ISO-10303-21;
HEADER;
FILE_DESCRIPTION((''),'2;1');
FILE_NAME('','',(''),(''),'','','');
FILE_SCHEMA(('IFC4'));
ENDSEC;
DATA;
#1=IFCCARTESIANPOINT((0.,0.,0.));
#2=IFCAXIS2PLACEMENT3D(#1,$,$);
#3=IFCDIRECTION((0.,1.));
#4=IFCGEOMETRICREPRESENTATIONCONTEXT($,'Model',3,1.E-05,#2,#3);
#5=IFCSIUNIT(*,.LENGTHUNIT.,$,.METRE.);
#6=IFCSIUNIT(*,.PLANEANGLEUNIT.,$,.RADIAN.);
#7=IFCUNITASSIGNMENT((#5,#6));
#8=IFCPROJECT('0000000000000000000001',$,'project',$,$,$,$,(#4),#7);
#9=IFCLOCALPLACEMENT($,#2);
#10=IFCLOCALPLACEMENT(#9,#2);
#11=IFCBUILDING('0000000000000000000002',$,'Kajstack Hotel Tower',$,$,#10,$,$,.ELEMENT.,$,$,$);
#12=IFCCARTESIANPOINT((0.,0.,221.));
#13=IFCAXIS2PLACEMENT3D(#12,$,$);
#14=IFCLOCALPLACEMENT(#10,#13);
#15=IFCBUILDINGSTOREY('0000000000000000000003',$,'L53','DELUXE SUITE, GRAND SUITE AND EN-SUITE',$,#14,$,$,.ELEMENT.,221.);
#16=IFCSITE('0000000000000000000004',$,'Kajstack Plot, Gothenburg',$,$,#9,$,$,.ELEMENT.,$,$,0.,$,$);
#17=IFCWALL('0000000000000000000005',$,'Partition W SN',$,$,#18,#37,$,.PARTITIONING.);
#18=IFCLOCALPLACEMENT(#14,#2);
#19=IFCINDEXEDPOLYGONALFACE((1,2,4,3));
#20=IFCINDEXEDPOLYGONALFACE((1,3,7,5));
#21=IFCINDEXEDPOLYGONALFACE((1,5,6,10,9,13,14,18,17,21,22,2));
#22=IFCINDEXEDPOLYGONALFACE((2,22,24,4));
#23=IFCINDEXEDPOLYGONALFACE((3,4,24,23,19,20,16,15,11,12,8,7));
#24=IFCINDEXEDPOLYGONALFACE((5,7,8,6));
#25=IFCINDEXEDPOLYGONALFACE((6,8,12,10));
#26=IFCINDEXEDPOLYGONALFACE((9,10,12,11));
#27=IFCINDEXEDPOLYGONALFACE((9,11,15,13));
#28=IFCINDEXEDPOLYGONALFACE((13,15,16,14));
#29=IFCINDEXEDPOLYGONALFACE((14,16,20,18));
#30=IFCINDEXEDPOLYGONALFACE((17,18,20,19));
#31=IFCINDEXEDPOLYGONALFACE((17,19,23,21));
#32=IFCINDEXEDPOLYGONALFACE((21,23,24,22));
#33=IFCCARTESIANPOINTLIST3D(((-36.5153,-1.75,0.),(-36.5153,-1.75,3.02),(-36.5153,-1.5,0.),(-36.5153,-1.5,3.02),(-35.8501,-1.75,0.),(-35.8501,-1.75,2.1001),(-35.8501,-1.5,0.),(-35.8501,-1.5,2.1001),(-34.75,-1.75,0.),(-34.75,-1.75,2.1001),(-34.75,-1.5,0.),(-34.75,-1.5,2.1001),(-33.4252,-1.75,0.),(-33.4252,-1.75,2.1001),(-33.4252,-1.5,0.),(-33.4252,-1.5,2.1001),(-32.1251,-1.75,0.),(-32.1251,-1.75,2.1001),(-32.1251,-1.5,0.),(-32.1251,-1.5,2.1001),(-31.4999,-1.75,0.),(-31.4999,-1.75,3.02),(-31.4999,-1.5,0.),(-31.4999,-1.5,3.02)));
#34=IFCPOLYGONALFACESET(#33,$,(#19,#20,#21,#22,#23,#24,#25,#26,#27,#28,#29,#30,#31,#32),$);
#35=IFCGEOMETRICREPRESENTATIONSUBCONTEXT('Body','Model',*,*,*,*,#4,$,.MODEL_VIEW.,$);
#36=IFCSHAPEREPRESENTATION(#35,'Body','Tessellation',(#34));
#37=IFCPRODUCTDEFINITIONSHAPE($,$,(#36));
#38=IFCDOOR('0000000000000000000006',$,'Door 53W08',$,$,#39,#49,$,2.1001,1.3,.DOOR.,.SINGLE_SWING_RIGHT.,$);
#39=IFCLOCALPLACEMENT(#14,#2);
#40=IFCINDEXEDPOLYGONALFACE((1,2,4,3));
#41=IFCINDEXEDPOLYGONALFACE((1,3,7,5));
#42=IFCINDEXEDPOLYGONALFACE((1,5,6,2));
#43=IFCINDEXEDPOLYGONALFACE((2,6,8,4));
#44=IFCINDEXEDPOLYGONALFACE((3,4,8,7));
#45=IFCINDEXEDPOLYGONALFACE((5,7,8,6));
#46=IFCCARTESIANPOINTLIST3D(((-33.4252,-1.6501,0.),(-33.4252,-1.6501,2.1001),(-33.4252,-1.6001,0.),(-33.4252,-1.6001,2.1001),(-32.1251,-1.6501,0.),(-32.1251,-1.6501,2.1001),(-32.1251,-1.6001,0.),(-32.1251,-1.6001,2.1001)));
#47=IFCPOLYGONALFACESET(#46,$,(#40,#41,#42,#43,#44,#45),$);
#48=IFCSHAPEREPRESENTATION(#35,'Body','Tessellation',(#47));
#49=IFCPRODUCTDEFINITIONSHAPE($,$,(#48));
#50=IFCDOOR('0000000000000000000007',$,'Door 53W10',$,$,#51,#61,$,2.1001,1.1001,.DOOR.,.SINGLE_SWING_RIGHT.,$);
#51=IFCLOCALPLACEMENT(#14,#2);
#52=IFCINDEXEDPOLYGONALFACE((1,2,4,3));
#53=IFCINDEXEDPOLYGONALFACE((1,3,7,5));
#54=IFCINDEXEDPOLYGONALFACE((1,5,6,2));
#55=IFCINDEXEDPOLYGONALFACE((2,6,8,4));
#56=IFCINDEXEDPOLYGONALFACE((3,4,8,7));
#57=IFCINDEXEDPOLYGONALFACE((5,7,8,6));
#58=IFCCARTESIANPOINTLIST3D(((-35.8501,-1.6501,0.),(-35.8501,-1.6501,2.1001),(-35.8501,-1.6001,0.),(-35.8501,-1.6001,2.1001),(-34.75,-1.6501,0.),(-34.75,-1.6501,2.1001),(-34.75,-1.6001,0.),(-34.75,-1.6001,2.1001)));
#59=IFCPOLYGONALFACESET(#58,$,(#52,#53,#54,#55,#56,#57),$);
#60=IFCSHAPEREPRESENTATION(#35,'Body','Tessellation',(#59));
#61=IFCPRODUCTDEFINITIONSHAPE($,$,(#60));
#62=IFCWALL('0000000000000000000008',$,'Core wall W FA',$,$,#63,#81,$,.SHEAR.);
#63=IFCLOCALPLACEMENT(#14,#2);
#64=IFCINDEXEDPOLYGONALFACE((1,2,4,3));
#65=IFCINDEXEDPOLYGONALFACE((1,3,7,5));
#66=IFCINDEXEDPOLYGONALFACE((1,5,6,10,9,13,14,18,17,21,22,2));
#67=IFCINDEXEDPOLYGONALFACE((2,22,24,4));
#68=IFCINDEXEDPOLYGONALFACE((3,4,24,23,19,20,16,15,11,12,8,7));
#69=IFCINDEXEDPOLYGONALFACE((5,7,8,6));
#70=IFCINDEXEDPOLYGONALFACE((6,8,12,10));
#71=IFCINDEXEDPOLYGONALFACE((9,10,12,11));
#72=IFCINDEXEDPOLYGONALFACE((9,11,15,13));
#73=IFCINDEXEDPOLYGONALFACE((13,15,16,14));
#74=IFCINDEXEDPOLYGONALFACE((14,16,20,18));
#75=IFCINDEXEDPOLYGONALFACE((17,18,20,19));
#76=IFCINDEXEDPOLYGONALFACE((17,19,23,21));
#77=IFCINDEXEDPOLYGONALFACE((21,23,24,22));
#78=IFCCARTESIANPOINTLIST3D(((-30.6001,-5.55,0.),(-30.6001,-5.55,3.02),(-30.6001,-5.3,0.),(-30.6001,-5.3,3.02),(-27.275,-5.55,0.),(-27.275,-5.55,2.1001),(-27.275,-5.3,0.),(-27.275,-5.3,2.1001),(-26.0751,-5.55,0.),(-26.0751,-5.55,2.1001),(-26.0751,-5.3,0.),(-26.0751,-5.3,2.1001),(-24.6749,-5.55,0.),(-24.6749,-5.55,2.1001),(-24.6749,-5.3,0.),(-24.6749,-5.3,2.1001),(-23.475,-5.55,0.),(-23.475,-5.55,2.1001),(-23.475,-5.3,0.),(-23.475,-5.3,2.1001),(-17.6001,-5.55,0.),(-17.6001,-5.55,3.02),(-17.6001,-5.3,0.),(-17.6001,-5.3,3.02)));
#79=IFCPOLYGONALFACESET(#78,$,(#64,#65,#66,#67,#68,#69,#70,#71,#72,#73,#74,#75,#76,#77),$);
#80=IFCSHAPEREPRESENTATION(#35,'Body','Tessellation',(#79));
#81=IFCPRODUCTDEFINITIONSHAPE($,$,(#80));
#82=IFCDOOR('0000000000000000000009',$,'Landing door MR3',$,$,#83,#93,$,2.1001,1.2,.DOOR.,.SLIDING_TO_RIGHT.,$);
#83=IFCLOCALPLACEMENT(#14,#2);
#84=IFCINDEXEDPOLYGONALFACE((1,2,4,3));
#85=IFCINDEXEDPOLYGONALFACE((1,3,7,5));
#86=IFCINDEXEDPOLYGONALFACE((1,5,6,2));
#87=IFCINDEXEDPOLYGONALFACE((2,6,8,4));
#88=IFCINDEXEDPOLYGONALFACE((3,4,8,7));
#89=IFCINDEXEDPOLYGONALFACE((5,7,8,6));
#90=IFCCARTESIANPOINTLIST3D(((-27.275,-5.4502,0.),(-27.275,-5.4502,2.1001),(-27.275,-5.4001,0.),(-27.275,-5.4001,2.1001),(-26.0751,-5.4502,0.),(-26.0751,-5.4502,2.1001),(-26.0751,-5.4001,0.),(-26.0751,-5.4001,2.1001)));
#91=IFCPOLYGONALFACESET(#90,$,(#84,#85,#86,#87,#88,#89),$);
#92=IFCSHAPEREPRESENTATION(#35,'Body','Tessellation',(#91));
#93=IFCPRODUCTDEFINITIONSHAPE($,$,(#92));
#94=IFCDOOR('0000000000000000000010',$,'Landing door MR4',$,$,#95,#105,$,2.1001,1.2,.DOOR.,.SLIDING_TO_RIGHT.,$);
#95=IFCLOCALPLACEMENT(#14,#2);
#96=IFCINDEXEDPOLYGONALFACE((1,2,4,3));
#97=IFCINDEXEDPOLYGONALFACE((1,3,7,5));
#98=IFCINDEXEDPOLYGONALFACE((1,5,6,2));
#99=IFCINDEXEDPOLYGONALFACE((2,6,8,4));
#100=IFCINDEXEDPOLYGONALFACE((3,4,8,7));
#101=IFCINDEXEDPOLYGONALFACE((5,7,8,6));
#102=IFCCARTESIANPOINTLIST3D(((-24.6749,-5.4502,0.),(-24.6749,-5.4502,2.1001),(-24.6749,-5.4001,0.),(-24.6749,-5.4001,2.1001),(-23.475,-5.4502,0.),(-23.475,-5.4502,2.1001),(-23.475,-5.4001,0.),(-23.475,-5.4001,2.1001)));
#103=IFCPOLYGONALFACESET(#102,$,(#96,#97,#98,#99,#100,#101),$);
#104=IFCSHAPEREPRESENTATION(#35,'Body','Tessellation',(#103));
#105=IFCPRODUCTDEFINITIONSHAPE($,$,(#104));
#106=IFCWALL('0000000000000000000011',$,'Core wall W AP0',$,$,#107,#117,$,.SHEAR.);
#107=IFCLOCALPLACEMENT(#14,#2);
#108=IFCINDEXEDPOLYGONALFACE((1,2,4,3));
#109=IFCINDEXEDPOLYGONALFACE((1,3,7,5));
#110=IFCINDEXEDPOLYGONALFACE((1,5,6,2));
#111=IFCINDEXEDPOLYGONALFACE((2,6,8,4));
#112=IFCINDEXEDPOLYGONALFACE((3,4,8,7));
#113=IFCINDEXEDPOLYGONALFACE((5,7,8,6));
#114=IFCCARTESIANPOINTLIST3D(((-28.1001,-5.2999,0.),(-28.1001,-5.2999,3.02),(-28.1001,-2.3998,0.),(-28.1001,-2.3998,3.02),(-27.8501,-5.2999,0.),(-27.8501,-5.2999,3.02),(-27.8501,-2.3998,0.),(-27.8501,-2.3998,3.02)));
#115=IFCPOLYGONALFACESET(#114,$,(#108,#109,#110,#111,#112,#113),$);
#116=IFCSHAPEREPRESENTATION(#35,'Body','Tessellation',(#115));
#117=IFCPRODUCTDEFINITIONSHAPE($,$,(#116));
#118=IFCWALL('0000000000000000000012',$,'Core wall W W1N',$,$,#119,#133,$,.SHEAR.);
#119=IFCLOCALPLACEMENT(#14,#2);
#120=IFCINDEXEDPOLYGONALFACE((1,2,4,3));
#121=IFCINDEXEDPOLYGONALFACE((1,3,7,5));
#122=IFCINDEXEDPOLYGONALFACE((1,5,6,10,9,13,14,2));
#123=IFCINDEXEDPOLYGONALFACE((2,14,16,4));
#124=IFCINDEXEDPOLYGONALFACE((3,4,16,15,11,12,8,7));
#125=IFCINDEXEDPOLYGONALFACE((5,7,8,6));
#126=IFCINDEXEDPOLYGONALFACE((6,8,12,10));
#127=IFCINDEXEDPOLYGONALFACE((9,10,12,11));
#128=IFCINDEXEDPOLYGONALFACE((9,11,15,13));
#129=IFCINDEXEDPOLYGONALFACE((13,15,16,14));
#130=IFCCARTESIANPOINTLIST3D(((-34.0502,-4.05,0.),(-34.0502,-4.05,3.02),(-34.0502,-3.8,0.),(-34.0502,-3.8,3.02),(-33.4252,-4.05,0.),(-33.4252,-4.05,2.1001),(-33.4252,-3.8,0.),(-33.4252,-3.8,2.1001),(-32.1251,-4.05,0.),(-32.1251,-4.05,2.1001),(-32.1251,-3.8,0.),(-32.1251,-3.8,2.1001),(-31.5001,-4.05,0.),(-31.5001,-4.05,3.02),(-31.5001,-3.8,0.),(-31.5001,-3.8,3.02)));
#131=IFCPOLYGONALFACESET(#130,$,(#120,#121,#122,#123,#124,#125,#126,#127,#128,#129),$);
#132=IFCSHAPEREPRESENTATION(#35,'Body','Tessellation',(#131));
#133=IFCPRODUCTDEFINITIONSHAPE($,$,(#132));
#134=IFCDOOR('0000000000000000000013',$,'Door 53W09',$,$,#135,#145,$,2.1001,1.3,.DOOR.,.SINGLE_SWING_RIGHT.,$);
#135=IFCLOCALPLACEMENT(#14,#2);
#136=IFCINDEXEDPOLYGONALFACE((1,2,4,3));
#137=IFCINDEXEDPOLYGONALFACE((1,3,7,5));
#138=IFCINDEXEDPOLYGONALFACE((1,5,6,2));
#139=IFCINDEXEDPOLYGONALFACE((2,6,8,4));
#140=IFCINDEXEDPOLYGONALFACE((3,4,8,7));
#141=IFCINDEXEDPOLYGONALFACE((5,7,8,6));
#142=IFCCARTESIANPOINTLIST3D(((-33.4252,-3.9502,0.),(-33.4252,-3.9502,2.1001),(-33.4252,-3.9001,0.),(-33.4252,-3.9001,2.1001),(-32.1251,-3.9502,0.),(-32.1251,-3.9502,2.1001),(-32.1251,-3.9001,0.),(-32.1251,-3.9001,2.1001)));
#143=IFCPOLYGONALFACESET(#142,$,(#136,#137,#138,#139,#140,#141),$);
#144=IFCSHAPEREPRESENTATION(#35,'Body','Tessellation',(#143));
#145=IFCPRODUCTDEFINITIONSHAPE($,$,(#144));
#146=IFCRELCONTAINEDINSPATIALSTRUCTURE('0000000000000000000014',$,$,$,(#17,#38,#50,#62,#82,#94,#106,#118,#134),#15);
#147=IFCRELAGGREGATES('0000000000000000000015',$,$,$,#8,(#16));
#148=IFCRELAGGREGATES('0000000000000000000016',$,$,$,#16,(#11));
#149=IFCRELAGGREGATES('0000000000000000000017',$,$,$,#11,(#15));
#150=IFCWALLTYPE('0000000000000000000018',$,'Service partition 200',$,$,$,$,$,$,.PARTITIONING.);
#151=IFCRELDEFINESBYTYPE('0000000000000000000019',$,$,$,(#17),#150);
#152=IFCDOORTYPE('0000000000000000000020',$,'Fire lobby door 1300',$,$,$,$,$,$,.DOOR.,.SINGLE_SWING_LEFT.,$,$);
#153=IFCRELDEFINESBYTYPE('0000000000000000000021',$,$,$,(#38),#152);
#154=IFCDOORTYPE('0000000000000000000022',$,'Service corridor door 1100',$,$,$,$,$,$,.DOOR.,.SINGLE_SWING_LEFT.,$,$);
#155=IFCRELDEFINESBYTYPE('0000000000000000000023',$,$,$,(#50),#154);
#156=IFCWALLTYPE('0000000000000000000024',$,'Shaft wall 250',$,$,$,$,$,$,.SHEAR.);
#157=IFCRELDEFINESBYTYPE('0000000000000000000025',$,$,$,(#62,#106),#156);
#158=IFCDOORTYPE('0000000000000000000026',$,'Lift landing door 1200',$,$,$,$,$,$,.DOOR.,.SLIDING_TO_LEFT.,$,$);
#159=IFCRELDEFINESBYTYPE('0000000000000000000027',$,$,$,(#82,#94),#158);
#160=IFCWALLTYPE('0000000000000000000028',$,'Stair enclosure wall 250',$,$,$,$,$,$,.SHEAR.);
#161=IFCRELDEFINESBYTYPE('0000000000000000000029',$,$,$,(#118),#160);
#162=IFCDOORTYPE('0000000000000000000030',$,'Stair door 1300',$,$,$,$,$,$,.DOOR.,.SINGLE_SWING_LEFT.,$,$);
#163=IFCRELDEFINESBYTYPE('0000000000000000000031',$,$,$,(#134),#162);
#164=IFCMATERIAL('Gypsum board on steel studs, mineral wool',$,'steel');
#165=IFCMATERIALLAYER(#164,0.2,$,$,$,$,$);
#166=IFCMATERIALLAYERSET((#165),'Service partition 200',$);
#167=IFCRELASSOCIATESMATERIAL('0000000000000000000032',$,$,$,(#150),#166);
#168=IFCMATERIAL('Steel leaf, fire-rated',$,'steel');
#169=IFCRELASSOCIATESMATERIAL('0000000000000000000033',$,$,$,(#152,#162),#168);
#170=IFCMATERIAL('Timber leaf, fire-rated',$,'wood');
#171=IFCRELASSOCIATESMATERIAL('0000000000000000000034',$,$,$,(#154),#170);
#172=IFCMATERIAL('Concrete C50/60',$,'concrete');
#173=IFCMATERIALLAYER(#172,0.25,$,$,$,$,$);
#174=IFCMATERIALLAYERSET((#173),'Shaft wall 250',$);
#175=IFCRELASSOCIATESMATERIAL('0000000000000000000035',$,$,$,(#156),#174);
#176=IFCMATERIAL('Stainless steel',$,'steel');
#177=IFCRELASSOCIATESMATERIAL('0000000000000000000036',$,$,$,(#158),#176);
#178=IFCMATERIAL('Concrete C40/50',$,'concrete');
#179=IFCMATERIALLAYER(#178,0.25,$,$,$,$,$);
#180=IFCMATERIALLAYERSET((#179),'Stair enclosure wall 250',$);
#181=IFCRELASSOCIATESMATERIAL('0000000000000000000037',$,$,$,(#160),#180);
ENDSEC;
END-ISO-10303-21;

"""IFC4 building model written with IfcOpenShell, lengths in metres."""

from ifc_helpers import new_model, si_unit, direction, frame, frame_2d, origin, place, context, subcontext, project, spatial, rectangle, extrude, material, layer, layer_set, type_object, element, fill, save


model = new_model("IFC4")

# Units and contexts
model_context = context("Model", 3, precision=1e-05, world=origin(), true_north=direction((0.0, 1.0)))
body_context = subcontext(model_context, "Body", "Model", "MODEL_VIEW")
ifc_project = project(units=[si_unit("LENGTHUNIT", "METRE"), si_unit("PLANEANGLEUNIT", "RADIAN")], contexts=[model_context])

# Site, building, storey
site_placement = place(None, origin())
site = spatial("IfcSite", under=ifc_project, at=site_placement, Name="Kajstack Plot, Gothenburg", CompositionType="ELEMENT", RefElevation=0.0)
building_placement = place(site_placement, origin())
building = spatial("IfcBuilding", under=site, at=building_placement, Name="Kajstack Hotel Tower", CompositionType="ELEMENT")
storey_placement = place(building_placement, frame((0.0, 0.0, 221.0)))
storey = spatial("IfcBuildingStorey", under=building, at=storey_placement, Name="L53", Description="DELUXE SUITE, GRAND SUITE AND EN-SUITE", CompositionType="ELEMENT", Elevation=221.0)

# Shared definitions
ifc_material_1 = material(Name="Gypsum board on steel studs, mineral wool", Category="steel")

# Walls, openings, doors
ifc_layer_1 = layer(ifc_material_1, 0.2)
ifc_layer_set_1 = layer_set([ifc_layer_1], Name="Service partition 200")
wall_type_1 = type_object("IfcWallType", Name="Service partition 200", PredefinedType="PARTITIONING", material=ifc_layer_set_1)
wall_1_placement = place(storey_placement, frame((-36.5154, -1.625, 0.0), z_axis=(0.0, 0.0, 1.0), x_axis=(1.0, 0.0, 0.0)))
wall_1 = element("IfcWall", 1, at=wall_1_placement, inside=storey, type_object=wall_type_1, Name="Partition W SN", PredefinedType="PARTITIONING", context=body_context, shape_type="SweptSolid", body=[
    extrude(rectangle(XDim=5.0154, YDim=0.25, at=frame_2d((2.5078, 0.0))), origin(), (0.0, 0.0, 1.0), 3.02),
])
opening_1_placement = place(wall_1_placement, frame((3.0903, 0.0, 0.0)))
opening_1 = element("IfcOpeningElement", 2, at=opening_1_placement, cuts=wall_1, PredefinedType="OPENING", context=body_context, shape_type="SweptSolid", body=[
    extrude(rectangle(XDim=1.3, YDim=2.1001, at=frame_2d((0.6499, 1.05))), frame((0.0, 0.135, 0.0), z_axis=(0.0, -1.0, 0.0), x_axis=(1.0, 0.0, 0.0)), (0.0, 0.0, 1.0), 0.27),
])
opening_2_placement = place(wall_1_placement, frame((0.6653, 0.0, 0.0)))
opening_2 = element("IfcOpeningElement", 3, at=opening_2_placement, cuts=wall_1, PredefinedType="OPENING", context=body_context, shape_type="SweptSolid", body=[
    extrude(rectangle(XDim=1.1001, YDim=2.1001, at=frame_2d((0.55, 1.05))), frame((0.0, 0.135, 0.0), z_axis=(0.0, -1.0, 0.0), x_axis=(1.0, 0.0, 0.0)), (0.0, 0.0, 1.0), 0.27),
])
ifc_material_2 = material(Name="Steel leaf, fire-rated", Category="steel")
door_type_1 = type_object("IfcDoorType", Name="Fire lobby door 1300", OperationType="SINGLE_SWING_LEFT", PredefinedType="DOOR", material=ifc_material_2)
door_1_placement = place(opening_1_placement, origin())
door_1 = element("IfcDoor", 4, at=door_1_placement, inside=storey, type_object=door_type_1, Name="Door 53W08", OperationType="SINGLE_SWING_RIGHT", OverallHeight=2.1001, OverallWidth=1.3, PredefinedType="DOOR", context=body_context, shape_type="SweptSolid", body=[
    extrude(rectangle(XDim=1.3, YDim=2.1001, at=frame_2d((0.6499, 1.05))), frame((0.0, 0.0249, 0.0), z_axis=(0.0, -1.0, 0.0), x_axis=(1.0, 0.0, 0.0)), (0.0, 0.0, 1.0), 0.05),
])
fill(opening_1, door_1)
ifc_material_3 = material(Name="Timber leaf, fire-rated", Category="wood")
door_type_2 = type_object("IfcDoorType", Name="Service corridor door 1100", OperationType="SINGLE_SWING_LEFT", PredefinedType="DOOR", material=ifc_material_3)
door_2_placement = place(opening_2_placement, origin())
door_2 = element("IfcDoor", 5, at=door_2_placement, inside=storey, type_object=door_type_2, Name="Door 53W10", OperationType="SINGLE_SWING_RIGHT", OverallHeight=2.1001, OverallWidth=1.1001, PredefinedType="DOOR", context=body_context, shape_type="SweptSolid", body=[
    extrude(rectangle(XDim=1.1001, YDim=2.1001, at=frame_2d((0.55, 1.05))), frame((0.0, 0.0249, 0.0), z_axis=(0.0, -1.0, 0.0), x_axis=(1.0, 0.0, 0.0)), (0.0, 0.0, 1.0), 0.05),
])
fill(opening_2, door_2)
ifc_material_4 = material(Name="Concrete C50/60", Category="concrete")
ifc_layer_2 = layer(ifc_material_4, 0.25)
ifc_layer_set_2 = layer_set([ifc_layer_2], Name="Shaft wall 250")
wall_type_2 = type_object("IfcWallType", Name="Shaft wall 250", PredefinedType="SHEAR", material=ifc_layer_set_2)
wall_2_placement = place(storey_placement, frame((-30.6001, -5.425, 0.0), z_axis=(0.0, 0.0, 1.0), x_axis=(1.0, 0.0, 0.0)))
wall_2 = element("IfcWall", 6, at=wall_2_placement, inside=storey, type_object=wall_type_2, Name="Core wall W FA", PredefinedType="SHEAR", context=body_context, shape_type="SweptSolid", body=[
    extrude(rectangle(XDim=13.0, YDim=0.25, at=frame_2d((6.5, 0.0))), origin(), (0.0, 0.0, 1.0), 3.02),
])
opening_3_placement = place(wall_2_placement, frame((3.325, 0.0, 0.0)))
opening_3 = element("IfcOpeningElement", 7, at=opening_3_placement, cuts=wall_2, PredefinedType="OPENING", context=body_context, shape_type="SweptSolid", body=[
    extrude(rectangle(XDim=1.2, YDim=2.1001, at=frame_2d((0.6001, 1.05))), frame((0.0, 0.135, 0.0), z_axis=(0.0, -1.0, 0.0), x_axis=(1.0, 0.0, 0.0)), (0.0, 0.0, 1.0), 0.27),
])
opening_4_placement = place(wall_2_placement, frame((5.925, 0.0, 0.0)))
opening_4 = element("IfcOpeningElement", 8, at=opening_4_placement, cuts=wall_2, PredefinedType="OPENING", context=body_context, shape_type="SweptSolid", body=[
    extrude(rectangle(XDim=1.2, YDim=2.1001, at=frame_2d((0.6001, 1.05))), frame((0.0, 0.135, 0.0), z_axis=(0.0, -1.0, 0.0), x_axis=(1.0, 0.0, 0.0)), (0.0, 0.0, 1.0), 0.27),
])
ifc_material_5 = material(Name="Stainless steel", Category="steel")
door_type_3 = type_object("IfcDoorType", Name="Lift landing door 1200", OperationType="SLIDING_TO_LEFT", PredefinedType="DOOR", material=ifc_material_5)
door_3_placement = place(opening_3_placement, origin())
door_3 = element("IfcDoor", 9, at=door_3_placement, inside=storey, type_object=door_type_3, Name="Landing door MR3", OperationType="SLIDING_TO_RIGHT", OverallHeight=2.1001, OverallWidth=1.2, PredefinedType="DOOR", context=body_context, shape_type="SweptSolid", body=[
    extrude(rectangle(XDim=1.2, YDim=2.1001, at=frame_2d((0.6001, 1.05))), frame((0.0, 0.0249, 0.0), z_axis=(0.0, -1.0, 0.0), x_axis=(1.0, 0.0, 0.0)), (0.0, 0.0, 1.0), 0.05),
])
fill(opening_3, door_3)
door_4_placement = place(opening_4_placement, origin())
door_4 = element("IfcDoor", 10, at=door_4_placement, inside=storey, type_object=door_type_3, Name="Landing door MR4", OperationType="SLIDING_TO_RIGHT", OverallHeight=2.1001, OverallWidth=1.2, PredefinedType="DOOR", context=body_context, shape_type="SweptSolid", body=[
    extrude(rectangle(XDim=1.2, YDim=2.1001, at=frame_2d((0.6001, 1.05))), frame((0.0, 0.0249, 0.0), z_axis=(0.0, -1.0, 0.0), x_axis=(1.0, 0.0, 0.0)), (0.0, 0.0, 1.0), 0.05),
])
fill(opening_4, door_4)

# Wall
wall_3_placement = place(storey_placement, frame((-27.9751, -5.3, 0.0), z_axis=(0.0, 0.0, 1.0), x_axis=(0.0, 1.0, 0.0)))
element("IfcWall", 11, at=wall_3_placement, inside=storey, type_object=wall_type_2, Name="Core wall W AP0", PredefinedType="SHEAR", context=body_context, shape_type="SweptSolid", body=[
    extrude(rectangle(XDim=2.9001, YDim=0.25, at=frame_2d((1.4502, 0.0))), origin(), (0.0, 0.0, 1.0), 3.02),
])

# Wall, opening, door
ifc_material_6 = material(Name="Concrete C40/50", Category="concrete")
ifc_layer_3 = layer(ifc_material_6, 0.25)
ifc_layer_set_3 = layer_set([ifc_layer_3], Name="Stair enclosure wall 250")
wall_type_3 = type_object("IfcWallType", Name="Stair enclosure wall 250", PredefinedType="SHEAR", material=ifc_layer_set_3)
wall_4_placement = place(storey_placement, frame((-34.05, -3.925, 0.0), z_axis=(0.0, 0.0, 1.0), x_axis=(1.0, 0.0, 0.0)))
wall_4 = element("IfcWall", 12, at=wall_4_placement, inside=storey, type_object=wall_type_3, Name="Core wall W W1N", PredefinedType="SHEAR", context=body_context, shape_type="SweptSolid", body=[
    extrude(rectangle(XDim=2.55, YDim=0.25, at=frame_2d((1.2749, 0.0))), origin(), (0.0, 0.0, 1.0), 3.02),
])
opening_5_placement = place(wall_4_placement, frame((0.625, 0.0, 0.0)))
opening_5 = element("IfcOpeningElement", 13, at=opening_5_placement, cuts=wall_4, PredefinedType="OPENING", context=body_context, shape_type="SweptSolid", body=[
    extrude(rectangle(XDim=1.3, YDim=2.1001, at=frame_2d((0.6499, 1.05))), frame((0.0, 0.135, 0.0), z_axis=(0.0, -1.0, 0.0), x_axis=(1.0, 0.0, 0.0)), (0.0, 0.0, 1.0), 0.27),
])
door_type_4 = type_object("IfcDoorType", Name="Stair door 1300", OperationType="SINGLE_SWING_LEFT", PredefinedType="DOOR", material=ifc_material_2)
door_5_placement = place(opening_5_placement, origin())
door_5 = element("IfcDoor", 14, at=door_5_placement, inside=storey, type_object=door_type_4, Name="Door 53W09", OperationType="SINGLE_SWING_RIGHT", OverallHeight=2.1001, OverallWidth=1.3, PredefinedType="DOOR", context=body_context, shape_type="SweptSolid", body=[
    extrude(rectangle(XDim=1.3, YDim=2.1001, at=frame_2d((0.6499, 1.05))), frame((0.0, 0.0249, 0.0), z_axis=(0.0, -1.0, 0.0), x_axis=(1.0, 0.0, 0.0)), (0.0, 0.0, 1.0), 0.05),
])
fill(opening_5, door_5)

save(model, "model.ifc")
